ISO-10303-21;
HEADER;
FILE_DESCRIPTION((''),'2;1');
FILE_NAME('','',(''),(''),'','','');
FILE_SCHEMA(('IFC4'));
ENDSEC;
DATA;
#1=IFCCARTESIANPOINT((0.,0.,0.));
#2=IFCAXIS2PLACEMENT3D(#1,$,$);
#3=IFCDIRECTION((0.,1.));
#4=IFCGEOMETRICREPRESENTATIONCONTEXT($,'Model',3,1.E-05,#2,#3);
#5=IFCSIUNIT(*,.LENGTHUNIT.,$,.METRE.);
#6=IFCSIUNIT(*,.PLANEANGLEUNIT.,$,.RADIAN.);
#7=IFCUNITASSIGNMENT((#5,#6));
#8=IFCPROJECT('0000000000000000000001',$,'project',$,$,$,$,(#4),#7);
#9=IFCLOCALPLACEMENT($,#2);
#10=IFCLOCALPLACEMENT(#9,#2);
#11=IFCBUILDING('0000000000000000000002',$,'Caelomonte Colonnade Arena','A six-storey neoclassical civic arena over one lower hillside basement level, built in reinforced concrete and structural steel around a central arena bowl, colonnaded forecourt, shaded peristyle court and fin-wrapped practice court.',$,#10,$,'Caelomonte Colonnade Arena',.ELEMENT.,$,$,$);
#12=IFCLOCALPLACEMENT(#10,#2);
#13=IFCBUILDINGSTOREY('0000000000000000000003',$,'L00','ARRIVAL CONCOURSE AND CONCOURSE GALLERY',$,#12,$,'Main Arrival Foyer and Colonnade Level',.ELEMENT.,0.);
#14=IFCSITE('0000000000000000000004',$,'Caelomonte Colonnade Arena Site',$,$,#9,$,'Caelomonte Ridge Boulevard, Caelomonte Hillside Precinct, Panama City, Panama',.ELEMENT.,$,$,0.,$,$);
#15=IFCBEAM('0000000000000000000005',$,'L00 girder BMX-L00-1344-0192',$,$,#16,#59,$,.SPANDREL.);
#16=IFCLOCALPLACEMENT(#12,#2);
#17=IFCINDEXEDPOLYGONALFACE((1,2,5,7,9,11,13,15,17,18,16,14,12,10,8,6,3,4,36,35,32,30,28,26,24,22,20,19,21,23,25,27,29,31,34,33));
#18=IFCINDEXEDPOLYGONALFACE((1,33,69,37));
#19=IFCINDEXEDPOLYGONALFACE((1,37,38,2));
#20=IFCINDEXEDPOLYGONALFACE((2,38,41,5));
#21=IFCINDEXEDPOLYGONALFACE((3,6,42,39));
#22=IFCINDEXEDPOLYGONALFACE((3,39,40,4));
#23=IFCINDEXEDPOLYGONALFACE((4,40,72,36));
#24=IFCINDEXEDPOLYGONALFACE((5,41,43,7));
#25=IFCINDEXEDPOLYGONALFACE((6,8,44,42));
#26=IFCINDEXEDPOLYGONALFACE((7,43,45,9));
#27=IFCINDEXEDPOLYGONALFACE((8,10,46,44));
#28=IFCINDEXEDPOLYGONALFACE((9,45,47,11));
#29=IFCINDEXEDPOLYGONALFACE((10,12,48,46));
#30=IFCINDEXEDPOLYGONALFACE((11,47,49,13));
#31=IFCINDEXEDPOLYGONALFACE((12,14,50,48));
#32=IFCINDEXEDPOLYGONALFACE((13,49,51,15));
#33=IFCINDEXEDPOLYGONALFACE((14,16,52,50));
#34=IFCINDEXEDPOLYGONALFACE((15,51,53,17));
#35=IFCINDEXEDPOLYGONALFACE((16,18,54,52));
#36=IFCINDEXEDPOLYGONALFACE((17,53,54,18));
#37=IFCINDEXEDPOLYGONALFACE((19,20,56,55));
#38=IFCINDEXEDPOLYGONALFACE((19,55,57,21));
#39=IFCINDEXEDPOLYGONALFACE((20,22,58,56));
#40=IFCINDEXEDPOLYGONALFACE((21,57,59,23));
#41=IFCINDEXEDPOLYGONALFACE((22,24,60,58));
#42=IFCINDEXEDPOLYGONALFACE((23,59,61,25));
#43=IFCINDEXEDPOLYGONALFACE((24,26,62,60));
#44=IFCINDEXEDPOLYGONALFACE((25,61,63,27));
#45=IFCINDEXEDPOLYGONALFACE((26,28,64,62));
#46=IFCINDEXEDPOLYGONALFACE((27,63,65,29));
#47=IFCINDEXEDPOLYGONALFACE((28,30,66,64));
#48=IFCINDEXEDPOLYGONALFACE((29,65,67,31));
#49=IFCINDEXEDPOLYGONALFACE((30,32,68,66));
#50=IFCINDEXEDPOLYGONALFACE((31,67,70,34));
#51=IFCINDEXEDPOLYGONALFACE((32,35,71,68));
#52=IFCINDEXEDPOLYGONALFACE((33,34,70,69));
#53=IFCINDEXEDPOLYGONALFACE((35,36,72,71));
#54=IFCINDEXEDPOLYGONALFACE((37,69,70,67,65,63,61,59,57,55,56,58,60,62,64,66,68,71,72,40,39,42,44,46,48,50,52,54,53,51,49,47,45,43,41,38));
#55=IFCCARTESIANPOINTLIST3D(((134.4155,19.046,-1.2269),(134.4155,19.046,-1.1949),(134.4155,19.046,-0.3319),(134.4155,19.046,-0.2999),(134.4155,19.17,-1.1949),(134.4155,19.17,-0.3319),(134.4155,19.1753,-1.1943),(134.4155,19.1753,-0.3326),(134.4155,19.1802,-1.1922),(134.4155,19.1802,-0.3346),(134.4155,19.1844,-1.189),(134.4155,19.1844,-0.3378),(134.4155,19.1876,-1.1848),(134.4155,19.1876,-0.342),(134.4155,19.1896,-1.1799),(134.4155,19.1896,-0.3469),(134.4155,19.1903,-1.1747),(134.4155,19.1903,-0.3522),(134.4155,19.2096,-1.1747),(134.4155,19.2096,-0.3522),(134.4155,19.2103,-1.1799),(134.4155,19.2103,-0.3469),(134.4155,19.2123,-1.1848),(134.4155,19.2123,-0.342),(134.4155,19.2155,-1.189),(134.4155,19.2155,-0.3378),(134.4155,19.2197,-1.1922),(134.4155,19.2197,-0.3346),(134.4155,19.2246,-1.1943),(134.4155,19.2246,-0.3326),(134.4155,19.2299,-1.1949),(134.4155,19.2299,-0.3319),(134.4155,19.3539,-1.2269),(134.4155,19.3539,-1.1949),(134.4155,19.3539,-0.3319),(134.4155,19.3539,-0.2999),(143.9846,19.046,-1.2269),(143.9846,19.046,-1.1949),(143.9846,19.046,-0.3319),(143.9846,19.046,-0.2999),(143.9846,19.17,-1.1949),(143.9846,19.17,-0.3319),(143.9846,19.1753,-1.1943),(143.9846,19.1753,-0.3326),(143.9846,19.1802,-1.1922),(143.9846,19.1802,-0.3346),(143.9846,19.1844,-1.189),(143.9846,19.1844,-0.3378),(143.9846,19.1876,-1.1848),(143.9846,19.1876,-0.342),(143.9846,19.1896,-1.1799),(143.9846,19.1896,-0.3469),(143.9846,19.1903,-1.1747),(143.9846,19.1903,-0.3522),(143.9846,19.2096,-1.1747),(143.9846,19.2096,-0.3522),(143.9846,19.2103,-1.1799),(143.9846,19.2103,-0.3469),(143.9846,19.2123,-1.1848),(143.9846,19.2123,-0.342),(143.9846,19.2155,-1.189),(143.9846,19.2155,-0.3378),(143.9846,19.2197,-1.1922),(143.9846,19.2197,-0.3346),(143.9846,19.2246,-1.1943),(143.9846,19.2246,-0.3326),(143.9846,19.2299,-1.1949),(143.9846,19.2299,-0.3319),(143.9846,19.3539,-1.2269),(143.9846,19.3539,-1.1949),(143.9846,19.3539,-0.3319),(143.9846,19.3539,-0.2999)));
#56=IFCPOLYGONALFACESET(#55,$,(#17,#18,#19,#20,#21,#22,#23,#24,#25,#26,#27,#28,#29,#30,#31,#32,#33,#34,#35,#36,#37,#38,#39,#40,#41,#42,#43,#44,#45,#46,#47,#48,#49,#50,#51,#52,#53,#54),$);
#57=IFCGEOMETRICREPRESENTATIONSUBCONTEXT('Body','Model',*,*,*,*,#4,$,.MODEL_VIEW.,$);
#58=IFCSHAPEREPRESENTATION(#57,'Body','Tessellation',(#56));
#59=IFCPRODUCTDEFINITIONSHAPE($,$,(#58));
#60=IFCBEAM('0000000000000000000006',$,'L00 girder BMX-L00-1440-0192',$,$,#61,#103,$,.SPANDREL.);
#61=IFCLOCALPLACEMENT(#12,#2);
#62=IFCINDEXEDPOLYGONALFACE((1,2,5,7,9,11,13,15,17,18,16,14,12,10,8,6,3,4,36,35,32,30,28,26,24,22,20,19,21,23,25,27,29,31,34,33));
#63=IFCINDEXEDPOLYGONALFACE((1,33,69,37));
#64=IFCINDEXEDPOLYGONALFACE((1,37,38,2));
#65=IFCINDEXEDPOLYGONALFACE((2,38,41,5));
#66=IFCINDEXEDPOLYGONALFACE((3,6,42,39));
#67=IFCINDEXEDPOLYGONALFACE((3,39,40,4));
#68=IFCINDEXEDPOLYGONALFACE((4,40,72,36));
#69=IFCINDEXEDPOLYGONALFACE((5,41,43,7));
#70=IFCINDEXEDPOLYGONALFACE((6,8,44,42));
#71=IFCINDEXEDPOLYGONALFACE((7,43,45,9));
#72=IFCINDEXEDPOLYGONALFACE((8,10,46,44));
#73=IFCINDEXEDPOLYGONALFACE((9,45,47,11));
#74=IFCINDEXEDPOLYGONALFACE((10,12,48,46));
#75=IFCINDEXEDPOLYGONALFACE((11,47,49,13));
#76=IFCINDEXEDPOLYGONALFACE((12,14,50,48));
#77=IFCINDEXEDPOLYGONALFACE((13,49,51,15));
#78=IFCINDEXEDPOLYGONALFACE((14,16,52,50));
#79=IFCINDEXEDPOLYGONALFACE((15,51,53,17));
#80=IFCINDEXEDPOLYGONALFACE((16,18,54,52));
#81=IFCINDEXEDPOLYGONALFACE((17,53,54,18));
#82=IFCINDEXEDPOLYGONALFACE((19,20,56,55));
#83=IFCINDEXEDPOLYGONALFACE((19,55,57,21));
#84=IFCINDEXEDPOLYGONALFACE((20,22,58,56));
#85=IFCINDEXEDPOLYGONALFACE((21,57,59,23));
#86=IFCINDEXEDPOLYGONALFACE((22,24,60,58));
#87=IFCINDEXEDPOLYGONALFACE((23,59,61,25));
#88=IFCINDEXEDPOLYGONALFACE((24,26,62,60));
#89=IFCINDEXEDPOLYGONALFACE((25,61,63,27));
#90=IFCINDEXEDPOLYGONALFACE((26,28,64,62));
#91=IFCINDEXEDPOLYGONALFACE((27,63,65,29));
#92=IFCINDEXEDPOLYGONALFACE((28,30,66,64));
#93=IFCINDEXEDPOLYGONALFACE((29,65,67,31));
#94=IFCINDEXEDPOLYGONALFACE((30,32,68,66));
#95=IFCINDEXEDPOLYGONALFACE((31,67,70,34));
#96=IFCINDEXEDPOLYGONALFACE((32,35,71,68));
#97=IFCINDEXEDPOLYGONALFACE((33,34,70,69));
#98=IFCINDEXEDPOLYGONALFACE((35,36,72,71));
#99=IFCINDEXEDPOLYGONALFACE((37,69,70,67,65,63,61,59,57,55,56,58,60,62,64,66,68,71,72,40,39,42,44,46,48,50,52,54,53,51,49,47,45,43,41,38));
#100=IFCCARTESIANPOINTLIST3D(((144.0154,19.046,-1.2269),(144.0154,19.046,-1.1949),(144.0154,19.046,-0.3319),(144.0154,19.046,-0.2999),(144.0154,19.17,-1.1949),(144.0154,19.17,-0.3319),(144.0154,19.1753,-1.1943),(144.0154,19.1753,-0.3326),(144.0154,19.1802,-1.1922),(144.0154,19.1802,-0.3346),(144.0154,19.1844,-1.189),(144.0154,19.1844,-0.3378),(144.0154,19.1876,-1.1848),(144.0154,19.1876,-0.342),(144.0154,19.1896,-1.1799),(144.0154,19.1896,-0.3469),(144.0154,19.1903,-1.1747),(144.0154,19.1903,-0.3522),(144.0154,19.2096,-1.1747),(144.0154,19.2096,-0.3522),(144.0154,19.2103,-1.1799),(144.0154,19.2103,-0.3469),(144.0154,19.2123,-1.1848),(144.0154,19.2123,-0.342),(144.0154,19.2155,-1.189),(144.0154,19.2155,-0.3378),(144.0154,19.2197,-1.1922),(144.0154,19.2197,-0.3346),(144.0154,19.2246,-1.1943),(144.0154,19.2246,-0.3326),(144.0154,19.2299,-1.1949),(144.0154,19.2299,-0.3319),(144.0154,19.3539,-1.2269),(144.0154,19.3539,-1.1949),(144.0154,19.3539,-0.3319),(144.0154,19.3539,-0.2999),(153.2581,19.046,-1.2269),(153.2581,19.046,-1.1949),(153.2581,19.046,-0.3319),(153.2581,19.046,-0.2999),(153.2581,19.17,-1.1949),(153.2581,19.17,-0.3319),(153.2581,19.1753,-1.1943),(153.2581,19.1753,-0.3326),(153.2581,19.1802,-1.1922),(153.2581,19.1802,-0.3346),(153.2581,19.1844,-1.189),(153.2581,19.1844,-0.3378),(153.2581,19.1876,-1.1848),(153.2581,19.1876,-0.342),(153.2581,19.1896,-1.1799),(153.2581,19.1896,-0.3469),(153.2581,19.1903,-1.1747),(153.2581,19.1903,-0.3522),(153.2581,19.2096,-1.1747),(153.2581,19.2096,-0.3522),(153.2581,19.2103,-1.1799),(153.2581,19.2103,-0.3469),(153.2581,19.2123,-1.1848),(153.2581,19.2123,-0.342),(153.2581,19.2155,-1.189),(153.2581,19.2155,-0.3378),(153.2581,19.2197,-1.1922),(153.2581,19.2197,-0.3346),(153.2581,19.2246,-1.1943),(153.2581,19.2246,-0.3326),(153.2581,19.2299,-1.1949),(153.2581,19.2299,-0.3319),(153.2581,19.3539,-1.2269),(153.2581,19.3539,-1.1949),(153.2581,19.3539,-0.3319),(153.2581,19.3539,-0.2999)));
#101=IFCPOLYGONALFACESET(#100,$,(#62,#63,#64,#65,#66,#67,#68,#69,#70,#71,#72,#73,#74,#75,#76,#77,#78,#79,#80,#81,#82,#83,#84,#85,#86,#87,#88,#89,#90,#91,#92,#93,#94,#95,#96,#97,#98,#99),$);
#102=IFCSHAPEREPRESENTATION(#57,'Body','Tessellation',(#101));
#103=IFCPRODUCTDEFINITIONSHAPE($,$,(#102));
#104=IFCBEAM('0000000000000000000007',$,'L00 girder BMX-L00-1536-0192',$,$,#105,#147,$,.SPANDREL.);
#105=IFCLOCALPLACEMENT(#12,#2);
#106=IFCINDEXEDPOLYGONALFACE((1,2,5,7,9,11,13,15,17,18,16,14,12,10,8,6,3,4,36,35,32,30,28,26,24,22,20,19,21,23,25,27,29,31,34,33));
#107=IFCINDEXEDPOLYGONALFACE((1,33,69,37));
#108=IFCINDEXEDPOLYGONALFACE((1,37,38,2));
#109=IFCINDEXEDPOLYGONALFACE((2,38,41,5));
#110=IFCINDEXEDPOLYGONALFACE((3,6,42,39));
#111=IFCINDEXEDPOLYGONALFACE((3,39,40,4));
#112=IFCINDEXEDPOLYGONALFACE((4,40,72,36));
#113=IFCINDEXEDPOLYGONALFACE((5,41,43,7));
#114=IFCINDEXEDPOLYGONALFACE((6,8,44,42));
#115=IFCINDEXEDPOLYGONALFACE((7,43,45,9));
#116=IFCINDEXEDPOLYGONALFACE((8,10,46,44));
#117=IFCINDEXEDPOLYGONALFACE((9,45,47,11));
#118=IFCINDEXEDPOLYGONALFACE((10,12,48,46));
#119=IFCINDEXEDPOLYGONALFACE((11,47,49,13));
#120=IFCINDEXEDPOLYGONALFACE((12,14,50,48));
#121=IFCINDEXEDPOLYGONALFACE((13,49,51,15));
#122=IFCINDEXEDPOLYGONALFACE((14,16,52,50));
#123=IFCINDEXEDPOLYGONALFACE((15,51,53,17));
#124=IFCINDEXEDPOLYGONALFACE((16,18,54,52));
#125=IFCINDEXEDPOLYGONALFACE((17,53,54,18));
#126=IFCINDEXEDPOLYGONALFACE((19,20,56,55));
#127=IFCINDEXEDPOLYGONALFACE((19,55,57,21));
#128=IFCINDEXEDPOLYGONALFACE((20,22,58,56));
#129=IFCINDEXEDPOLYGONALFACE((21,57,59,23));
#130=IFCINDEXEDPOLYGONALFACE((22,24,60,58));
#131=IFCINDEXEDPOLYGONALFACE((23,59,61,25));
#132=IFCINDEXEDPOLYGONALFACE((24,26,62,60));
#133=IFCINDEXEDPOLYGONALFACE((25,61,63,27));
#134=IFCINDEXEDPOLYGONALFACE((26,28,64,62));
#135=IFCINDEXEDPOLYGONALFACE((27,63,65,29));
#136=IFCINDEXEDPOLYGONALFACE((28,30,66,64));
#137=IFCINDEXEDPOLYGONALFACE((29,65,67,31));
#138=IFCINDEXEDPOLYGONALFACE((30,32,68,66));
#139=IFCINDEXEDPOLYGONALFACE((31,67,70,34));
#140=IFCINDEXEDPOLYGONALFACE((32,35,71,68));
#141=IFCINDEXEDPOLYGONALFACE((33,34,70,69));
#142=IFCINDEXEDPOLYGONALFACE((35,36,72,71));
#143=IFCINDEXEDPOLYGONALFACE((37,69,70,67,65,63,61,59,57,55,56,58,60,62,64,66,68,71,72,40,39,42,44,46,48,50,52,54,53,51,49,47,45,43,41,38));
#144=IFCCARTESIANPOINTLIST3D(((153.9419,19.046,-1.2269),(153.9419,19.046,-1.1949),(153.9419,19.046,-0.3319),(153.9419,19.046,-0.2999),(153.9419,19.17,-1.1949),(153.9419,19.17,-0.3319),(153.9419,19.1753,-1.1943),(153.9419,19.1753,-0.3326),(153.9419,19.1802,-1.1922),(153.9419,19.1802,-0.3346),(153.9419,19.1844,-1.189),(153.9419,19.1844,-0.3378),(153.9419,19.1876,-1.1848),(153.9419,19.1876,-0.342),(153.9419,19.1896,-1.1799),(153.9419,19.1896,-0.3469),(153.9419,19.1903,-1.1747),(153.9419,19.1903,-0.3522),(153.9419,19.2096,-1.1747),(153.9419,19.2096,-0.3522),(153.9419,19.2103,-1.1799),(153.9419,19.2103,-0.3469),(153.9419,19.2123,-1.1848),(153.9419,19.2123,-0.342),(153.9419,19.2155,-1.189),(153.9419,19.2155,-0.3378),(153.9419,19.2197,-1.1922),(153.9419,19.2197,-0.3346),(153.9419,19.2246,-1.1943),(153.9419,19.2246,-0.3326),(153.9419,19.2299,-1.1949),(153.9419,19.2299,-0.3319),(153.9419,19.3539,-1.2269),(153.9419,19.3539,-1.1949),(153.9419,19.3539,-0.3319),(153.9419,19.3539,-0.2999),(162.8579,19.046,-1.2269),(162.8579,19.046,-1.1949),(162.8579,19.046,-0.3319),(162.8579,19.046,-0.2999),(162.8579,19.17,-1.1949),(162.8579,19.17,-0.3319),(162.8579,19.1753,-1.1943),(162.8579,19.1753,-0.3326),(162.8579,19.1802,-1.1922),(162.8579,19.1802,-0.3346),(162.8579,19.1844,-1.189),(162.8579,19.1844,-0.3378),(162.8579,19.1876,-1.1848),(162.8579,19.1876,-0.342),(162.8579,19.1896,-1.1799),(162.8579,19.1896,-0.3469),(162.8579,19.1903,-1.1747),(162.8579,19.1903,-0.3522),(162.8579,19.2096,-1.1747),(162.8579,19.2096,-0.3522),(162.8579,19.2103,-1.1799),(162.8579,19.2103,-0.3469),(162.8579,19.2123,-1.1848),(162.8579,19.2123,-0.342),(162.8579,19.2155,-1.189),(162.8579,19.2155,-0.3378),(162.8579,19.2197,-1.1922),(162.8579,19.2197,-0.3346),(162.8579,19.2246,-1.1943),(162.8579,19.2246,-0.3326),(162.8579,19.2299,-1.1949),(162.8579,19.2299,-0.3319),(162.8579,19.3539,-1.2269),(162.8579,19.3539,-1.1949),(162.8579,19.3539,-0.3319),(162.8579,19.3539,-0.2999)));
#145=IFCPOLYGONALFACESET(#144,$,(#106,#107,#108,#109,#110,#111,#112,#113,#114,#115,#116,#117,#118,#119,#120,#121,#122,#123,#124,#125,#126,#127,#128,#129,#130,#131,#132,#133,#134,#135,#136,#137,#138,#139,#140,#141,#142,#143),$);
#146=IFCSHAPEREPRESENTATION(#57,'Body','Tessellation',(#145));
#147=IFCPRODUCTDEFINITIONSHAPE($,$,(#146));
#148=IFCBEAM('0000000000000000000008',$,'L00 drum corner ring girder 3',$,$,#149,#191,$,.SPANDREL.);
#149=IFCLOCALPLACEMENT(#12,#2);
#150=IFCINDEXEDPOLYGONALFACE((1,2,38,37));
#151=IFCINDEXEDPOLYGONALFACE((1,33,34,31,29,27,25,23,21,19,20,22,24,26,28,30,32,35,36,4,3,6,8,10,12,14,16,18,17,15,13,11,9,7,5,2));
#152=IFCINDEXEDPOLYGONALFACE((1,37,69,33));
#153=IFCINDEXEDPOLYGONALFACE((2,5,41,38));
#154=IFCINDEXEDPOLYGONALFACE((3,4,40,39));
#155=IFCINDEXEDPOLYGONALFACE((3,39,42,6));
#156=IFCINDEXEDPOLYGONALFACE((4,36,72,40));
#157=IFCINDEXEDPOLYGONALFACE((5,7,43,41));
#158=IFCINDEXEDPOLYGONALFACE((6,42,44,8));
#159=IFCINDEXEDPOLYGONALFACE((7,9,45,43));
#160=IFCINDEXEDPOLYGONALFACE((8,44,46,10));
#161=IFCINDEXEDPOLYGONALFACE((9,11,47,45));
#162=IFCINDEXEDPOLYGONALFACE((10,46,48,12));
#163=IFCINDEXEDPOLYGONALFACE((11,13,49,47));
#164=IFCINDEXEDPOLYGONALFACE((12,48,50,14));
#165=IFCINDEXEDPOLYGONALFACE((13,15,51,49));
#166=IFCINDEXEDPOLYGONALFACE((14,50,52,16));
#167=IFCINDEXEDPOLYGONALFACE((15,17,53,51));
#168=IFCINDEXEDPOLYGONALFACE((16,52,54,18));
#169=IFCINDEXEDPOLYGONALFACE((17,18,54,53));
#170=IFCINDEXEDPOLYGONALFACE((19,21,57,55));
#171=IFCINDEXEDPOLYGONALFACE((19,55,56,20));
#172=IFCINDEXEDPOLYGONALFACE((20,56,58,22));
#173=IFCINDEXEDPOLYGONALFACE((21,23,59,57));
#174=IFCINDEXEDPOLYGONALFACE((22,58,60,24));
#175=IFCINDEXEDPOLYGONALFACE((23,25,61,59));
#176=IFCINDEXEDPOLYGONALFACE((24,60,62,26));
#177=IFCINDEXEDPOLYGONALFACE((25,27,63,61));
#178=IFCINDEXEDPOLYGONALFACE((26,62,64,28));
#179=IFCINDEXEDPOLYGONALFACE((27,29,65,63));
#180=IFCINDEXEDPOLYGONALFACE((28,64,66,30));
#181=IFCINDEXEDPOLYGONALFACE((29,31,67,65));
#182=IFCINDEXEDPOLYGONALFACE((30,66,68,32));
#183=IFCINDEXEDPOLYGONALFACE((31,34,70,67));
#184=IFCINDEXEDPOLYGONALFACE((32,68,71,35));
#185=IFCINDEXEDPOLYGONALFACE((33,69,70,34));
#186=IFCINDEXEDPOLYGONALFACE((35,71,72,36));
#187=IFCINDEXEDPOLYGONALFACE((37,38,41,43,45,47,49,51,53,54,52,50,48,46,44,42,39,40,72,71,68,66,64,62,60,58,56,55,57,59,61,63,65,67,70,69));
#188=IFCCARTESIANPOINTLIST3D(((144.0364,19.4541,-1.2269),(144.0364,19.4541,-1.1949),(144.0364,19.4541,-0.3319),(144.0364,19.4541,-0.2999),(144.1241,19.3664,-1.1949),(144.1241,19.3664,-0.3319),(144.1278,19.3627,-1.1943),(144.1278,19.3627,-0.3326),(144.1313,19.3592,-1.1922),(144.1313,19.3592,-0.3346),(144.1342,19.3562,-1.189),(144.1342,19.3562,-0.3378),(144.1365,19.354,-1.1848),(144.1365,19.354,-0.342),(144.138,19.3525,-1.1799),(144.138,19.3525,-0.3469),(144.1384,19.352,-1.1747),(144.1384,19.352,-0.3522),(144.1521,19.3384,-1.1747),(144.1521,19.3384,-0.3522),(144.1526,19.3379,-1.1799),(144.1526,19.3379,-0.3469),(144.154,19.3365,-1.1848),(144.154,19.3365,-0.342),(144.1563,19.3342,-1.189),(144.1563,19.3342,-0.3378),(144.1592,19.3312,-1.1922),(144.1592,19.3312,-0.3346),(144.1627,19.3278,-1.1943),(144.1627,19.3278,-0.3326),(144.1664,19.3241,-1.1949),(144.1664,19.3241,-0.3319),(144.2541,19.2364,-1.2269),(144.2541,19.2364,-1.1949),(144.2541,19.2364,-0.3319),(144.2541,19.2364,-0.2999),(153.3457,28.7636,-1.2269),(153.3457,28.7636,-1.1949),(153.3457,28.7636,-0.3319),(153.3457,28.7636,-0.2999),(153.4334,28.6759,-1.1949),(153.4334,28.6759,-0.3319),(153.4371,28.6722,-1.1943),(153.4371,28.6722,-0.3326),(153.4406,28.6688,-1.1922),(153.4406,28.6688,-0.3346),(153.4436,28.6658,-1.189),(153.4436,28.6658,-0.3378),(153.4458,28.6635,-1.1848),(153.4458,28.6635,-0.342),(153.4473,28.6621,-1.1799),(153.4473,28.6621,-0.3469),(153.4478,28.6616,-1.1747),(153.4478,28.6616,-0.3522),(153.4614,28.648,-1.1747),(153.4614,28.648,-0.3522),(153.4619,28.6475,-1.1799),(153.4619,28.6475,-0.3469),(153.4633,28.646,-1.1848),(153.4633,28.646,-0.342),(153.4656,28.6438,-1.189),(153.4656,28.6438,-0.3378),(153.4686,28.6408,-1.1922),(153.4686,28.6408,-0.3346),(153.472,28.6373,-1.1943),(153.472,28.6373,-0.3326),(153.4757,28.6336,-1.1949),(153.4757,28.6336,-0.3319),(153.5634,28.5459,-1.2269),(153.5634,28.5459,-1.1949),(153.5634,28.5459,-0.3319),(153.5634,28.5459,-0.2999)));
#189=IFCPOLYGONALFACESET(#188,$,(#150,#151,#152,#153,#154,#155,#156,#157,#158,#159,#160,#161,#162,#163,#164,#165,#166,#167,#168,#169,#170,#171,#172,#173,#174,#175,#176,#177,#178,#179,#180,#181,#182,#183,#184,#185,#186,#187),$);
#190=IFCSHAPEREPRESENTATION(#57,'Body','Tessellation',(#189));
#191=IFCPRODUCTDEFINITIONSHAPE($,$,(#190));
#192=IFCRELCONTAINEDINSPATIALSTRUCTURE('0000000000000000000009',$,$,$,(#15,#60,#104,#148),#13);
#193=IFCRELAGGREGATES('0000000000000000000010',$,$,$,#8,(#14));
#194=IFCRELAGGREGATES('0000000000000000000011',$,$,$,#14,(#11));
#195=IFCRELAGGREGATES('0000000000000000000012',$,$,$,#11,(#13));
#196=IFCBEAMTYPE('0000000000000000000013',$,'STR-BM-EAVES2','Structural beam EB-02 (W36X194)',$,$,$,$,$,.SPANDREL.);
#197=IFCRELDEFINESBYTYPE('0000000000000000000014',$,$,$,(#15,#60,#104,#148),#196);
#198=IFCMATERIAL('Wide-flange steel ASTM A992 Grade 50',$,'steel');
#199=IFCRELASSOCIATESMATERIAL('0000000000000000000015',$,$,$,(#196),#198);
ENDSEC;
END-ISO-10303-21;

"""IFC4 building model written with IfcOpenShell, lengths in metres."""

from ifc_helpers import new_model, si_unit, direction, frame, origin, origin_2d, place, context, subcontext, project, spatial, i_section, extrude, material, material_profile, profile_set, type_object, element, save


model = new_model("IFC4")

# Units and contexts
model_context = context("Model", 3, precision=1e-05, world=origin(), true_north=direction((0.0, 1.0)))
body_context = subcontext(model_context, "Body", "Model", "MODEL_VIEW")
ifc_project = project(units=[si_unit("LENGTHUNIT", "METRE"), si_unit("PLANEANGLEUNIT", "RADIAN")], contexts=[model_context])

# Site, building, storey
site_placement = place(None, origin())
site = spatial("IfcSite", under=ifc_project, at=site_placement, Name="Caelomonte Colonnade Arena Site", LongName="Caelomonte Ridge Boulevard, Caelomonte Hillside Precinct, Panama City, Panama", CompositionType="ELEMENT", RefElevation=0.0)
building_placement = place(site_placement, origin())
building = spatial("IfcBuilding", under=site, at=building_placement, Name="Caelomonte Colonnade Arena", Description="A six-storey neoclassical civic arena over one lower hillside basement level, built in reinforced concrete and structural steel around a central arena bowl, colonnaded forecourt, shaded peristyle court and fin-wrapped practice court.", LongName="Caelomonte Colonnade Arena", CompositionType="ELEMENT")
storey_placement = place(building_placement, origin())
storey = spatial("IfcBuildingStorey", under=building, at=storey_placement, Name="L00", Description="ARRIVAL CONCOURSE AND CONCOURSE GALLERY", LongName="Main Arrival Foyer and Colonnade Level", CompositionType="ELEMENT", Elevation=0.0)

# Shared definitions
ifc_material_1 = material(Name="Wide-flange steel ASTM A992 Grade 50", Category="steel")

# Beams
ifc_material_profile_1 = material_profile(ifc_material_1, i_section(OverallWidth=0.3079, OverallDepth=0.927, WebThickness=0.0193, FlangeThickness=0.032, FilletRadius=0.0203, at=origin_2d()), Name="W36X194")
ifc_profile_set_1 = profile_set([ifc_material_profile_1], Name="Wide-flange steel ASTM A992 Grade 50")
beam_type_1 = type_object("IfcBeamType", Name="STR-BM-EAVES2", Description="Structural beam EB-02 (W36X194)", PredefinedType="SPANDREL", material=ifc_profile_set_1)
beam_1_placement = place(storey_placement, frame((134.4155, 19.2, -0.7634), z_axis=(1.0, 0.0, 0.0), x_axis=(0.0, 1.0, 0.0)))
element("IfcBeam", 1, at=beam_1_placement, inside=storey, type_object=beam_type_1, Name="L00 girder BMX-L00-1344-0192", PredefinedType="SPANDREL", context=body_context, shape_type="SweptSolid", body=[
    extrude(i_section(OverallWidth=0.3079, OverallDepth=0.927, WebThickness=0.0193, FlangeThickness=0.032, FilletRadius=0.0203, at=origin_2d()), origin(), (0.0, 0.0, 1.0), 9.5691),
])
beam_2_placement = place(storey_placement, frame((144.0154, 19.2, -0.7634), z_axis=(1.0, 0.0, 0.0), x_axis=(0.0, 1.0, 0.0)))
element("IfcBeam", 2, at=beam_2_placement, inside=storey, type_object=beam_type_1, Name="L00 girder BMX-L00-1440-0192", PredefinedType="SPANDREL", context=body_context, shape_type="SweptSolid", body=[
    extrude(i_section(OverallWidth=0.3079, OverallDepth=0.927, WebThickness=0.0193, FlangeThickness=0.032, FilletRadius=0.0203, at=origin_2d()), origin(), (0.0, 0.0, 1.0), 9.2427),
])
beam_3_placement = place(storey_placement, frame((153.9419, 19.2, -0.7634), z_axis=(1.0, 0.0, 0.0), x_axis=(0.0, 1.0, 0.0)))
element("IfcBeam", 3, at=beam_3_placement, inside=storey, type_object=beam_type_1, Name="L00 girder BMX-L00-1536-0192", PredefinedType="SPANDREL", context=body_context, shape_type="SweptSolid", body=[
    extrude(i_section(OverallWidth=0.3079, OverallDepth=0.927, WebThickness=0.0193, FlangeThickness=0.032, FilletRadius=0.0203, at=origin_2d()), origin(), (0.0, 0.0, 1.0), 8.916),
])
beam_4_placement = place(storey_placement, frame((144.1453, 19.3452, -0.7634), z_axis=(0.707098, 0.707116, 0.0), x_axis=(-0.707116, 0.707098, 0.0)))
element("IfcBeam", 4, at=beam_4_placement, inside=storey, type_object=beam_type_1, Name="L00 drum corner ring girder 3", PredefinedType="SPANDREL", context=body_context, shape_type="SweptSolid", body=[
    extrude(i_section(OverallWidth=0.3079, OverallDepth=0.927, WebThickness=0.0193, FlangeThickness=0.032, FilletRadius=0.0203, at=origin_2d()), origin(), (0.0, 0.0, 1.0), 13.1655),
])

save(model, "model.ifc")
